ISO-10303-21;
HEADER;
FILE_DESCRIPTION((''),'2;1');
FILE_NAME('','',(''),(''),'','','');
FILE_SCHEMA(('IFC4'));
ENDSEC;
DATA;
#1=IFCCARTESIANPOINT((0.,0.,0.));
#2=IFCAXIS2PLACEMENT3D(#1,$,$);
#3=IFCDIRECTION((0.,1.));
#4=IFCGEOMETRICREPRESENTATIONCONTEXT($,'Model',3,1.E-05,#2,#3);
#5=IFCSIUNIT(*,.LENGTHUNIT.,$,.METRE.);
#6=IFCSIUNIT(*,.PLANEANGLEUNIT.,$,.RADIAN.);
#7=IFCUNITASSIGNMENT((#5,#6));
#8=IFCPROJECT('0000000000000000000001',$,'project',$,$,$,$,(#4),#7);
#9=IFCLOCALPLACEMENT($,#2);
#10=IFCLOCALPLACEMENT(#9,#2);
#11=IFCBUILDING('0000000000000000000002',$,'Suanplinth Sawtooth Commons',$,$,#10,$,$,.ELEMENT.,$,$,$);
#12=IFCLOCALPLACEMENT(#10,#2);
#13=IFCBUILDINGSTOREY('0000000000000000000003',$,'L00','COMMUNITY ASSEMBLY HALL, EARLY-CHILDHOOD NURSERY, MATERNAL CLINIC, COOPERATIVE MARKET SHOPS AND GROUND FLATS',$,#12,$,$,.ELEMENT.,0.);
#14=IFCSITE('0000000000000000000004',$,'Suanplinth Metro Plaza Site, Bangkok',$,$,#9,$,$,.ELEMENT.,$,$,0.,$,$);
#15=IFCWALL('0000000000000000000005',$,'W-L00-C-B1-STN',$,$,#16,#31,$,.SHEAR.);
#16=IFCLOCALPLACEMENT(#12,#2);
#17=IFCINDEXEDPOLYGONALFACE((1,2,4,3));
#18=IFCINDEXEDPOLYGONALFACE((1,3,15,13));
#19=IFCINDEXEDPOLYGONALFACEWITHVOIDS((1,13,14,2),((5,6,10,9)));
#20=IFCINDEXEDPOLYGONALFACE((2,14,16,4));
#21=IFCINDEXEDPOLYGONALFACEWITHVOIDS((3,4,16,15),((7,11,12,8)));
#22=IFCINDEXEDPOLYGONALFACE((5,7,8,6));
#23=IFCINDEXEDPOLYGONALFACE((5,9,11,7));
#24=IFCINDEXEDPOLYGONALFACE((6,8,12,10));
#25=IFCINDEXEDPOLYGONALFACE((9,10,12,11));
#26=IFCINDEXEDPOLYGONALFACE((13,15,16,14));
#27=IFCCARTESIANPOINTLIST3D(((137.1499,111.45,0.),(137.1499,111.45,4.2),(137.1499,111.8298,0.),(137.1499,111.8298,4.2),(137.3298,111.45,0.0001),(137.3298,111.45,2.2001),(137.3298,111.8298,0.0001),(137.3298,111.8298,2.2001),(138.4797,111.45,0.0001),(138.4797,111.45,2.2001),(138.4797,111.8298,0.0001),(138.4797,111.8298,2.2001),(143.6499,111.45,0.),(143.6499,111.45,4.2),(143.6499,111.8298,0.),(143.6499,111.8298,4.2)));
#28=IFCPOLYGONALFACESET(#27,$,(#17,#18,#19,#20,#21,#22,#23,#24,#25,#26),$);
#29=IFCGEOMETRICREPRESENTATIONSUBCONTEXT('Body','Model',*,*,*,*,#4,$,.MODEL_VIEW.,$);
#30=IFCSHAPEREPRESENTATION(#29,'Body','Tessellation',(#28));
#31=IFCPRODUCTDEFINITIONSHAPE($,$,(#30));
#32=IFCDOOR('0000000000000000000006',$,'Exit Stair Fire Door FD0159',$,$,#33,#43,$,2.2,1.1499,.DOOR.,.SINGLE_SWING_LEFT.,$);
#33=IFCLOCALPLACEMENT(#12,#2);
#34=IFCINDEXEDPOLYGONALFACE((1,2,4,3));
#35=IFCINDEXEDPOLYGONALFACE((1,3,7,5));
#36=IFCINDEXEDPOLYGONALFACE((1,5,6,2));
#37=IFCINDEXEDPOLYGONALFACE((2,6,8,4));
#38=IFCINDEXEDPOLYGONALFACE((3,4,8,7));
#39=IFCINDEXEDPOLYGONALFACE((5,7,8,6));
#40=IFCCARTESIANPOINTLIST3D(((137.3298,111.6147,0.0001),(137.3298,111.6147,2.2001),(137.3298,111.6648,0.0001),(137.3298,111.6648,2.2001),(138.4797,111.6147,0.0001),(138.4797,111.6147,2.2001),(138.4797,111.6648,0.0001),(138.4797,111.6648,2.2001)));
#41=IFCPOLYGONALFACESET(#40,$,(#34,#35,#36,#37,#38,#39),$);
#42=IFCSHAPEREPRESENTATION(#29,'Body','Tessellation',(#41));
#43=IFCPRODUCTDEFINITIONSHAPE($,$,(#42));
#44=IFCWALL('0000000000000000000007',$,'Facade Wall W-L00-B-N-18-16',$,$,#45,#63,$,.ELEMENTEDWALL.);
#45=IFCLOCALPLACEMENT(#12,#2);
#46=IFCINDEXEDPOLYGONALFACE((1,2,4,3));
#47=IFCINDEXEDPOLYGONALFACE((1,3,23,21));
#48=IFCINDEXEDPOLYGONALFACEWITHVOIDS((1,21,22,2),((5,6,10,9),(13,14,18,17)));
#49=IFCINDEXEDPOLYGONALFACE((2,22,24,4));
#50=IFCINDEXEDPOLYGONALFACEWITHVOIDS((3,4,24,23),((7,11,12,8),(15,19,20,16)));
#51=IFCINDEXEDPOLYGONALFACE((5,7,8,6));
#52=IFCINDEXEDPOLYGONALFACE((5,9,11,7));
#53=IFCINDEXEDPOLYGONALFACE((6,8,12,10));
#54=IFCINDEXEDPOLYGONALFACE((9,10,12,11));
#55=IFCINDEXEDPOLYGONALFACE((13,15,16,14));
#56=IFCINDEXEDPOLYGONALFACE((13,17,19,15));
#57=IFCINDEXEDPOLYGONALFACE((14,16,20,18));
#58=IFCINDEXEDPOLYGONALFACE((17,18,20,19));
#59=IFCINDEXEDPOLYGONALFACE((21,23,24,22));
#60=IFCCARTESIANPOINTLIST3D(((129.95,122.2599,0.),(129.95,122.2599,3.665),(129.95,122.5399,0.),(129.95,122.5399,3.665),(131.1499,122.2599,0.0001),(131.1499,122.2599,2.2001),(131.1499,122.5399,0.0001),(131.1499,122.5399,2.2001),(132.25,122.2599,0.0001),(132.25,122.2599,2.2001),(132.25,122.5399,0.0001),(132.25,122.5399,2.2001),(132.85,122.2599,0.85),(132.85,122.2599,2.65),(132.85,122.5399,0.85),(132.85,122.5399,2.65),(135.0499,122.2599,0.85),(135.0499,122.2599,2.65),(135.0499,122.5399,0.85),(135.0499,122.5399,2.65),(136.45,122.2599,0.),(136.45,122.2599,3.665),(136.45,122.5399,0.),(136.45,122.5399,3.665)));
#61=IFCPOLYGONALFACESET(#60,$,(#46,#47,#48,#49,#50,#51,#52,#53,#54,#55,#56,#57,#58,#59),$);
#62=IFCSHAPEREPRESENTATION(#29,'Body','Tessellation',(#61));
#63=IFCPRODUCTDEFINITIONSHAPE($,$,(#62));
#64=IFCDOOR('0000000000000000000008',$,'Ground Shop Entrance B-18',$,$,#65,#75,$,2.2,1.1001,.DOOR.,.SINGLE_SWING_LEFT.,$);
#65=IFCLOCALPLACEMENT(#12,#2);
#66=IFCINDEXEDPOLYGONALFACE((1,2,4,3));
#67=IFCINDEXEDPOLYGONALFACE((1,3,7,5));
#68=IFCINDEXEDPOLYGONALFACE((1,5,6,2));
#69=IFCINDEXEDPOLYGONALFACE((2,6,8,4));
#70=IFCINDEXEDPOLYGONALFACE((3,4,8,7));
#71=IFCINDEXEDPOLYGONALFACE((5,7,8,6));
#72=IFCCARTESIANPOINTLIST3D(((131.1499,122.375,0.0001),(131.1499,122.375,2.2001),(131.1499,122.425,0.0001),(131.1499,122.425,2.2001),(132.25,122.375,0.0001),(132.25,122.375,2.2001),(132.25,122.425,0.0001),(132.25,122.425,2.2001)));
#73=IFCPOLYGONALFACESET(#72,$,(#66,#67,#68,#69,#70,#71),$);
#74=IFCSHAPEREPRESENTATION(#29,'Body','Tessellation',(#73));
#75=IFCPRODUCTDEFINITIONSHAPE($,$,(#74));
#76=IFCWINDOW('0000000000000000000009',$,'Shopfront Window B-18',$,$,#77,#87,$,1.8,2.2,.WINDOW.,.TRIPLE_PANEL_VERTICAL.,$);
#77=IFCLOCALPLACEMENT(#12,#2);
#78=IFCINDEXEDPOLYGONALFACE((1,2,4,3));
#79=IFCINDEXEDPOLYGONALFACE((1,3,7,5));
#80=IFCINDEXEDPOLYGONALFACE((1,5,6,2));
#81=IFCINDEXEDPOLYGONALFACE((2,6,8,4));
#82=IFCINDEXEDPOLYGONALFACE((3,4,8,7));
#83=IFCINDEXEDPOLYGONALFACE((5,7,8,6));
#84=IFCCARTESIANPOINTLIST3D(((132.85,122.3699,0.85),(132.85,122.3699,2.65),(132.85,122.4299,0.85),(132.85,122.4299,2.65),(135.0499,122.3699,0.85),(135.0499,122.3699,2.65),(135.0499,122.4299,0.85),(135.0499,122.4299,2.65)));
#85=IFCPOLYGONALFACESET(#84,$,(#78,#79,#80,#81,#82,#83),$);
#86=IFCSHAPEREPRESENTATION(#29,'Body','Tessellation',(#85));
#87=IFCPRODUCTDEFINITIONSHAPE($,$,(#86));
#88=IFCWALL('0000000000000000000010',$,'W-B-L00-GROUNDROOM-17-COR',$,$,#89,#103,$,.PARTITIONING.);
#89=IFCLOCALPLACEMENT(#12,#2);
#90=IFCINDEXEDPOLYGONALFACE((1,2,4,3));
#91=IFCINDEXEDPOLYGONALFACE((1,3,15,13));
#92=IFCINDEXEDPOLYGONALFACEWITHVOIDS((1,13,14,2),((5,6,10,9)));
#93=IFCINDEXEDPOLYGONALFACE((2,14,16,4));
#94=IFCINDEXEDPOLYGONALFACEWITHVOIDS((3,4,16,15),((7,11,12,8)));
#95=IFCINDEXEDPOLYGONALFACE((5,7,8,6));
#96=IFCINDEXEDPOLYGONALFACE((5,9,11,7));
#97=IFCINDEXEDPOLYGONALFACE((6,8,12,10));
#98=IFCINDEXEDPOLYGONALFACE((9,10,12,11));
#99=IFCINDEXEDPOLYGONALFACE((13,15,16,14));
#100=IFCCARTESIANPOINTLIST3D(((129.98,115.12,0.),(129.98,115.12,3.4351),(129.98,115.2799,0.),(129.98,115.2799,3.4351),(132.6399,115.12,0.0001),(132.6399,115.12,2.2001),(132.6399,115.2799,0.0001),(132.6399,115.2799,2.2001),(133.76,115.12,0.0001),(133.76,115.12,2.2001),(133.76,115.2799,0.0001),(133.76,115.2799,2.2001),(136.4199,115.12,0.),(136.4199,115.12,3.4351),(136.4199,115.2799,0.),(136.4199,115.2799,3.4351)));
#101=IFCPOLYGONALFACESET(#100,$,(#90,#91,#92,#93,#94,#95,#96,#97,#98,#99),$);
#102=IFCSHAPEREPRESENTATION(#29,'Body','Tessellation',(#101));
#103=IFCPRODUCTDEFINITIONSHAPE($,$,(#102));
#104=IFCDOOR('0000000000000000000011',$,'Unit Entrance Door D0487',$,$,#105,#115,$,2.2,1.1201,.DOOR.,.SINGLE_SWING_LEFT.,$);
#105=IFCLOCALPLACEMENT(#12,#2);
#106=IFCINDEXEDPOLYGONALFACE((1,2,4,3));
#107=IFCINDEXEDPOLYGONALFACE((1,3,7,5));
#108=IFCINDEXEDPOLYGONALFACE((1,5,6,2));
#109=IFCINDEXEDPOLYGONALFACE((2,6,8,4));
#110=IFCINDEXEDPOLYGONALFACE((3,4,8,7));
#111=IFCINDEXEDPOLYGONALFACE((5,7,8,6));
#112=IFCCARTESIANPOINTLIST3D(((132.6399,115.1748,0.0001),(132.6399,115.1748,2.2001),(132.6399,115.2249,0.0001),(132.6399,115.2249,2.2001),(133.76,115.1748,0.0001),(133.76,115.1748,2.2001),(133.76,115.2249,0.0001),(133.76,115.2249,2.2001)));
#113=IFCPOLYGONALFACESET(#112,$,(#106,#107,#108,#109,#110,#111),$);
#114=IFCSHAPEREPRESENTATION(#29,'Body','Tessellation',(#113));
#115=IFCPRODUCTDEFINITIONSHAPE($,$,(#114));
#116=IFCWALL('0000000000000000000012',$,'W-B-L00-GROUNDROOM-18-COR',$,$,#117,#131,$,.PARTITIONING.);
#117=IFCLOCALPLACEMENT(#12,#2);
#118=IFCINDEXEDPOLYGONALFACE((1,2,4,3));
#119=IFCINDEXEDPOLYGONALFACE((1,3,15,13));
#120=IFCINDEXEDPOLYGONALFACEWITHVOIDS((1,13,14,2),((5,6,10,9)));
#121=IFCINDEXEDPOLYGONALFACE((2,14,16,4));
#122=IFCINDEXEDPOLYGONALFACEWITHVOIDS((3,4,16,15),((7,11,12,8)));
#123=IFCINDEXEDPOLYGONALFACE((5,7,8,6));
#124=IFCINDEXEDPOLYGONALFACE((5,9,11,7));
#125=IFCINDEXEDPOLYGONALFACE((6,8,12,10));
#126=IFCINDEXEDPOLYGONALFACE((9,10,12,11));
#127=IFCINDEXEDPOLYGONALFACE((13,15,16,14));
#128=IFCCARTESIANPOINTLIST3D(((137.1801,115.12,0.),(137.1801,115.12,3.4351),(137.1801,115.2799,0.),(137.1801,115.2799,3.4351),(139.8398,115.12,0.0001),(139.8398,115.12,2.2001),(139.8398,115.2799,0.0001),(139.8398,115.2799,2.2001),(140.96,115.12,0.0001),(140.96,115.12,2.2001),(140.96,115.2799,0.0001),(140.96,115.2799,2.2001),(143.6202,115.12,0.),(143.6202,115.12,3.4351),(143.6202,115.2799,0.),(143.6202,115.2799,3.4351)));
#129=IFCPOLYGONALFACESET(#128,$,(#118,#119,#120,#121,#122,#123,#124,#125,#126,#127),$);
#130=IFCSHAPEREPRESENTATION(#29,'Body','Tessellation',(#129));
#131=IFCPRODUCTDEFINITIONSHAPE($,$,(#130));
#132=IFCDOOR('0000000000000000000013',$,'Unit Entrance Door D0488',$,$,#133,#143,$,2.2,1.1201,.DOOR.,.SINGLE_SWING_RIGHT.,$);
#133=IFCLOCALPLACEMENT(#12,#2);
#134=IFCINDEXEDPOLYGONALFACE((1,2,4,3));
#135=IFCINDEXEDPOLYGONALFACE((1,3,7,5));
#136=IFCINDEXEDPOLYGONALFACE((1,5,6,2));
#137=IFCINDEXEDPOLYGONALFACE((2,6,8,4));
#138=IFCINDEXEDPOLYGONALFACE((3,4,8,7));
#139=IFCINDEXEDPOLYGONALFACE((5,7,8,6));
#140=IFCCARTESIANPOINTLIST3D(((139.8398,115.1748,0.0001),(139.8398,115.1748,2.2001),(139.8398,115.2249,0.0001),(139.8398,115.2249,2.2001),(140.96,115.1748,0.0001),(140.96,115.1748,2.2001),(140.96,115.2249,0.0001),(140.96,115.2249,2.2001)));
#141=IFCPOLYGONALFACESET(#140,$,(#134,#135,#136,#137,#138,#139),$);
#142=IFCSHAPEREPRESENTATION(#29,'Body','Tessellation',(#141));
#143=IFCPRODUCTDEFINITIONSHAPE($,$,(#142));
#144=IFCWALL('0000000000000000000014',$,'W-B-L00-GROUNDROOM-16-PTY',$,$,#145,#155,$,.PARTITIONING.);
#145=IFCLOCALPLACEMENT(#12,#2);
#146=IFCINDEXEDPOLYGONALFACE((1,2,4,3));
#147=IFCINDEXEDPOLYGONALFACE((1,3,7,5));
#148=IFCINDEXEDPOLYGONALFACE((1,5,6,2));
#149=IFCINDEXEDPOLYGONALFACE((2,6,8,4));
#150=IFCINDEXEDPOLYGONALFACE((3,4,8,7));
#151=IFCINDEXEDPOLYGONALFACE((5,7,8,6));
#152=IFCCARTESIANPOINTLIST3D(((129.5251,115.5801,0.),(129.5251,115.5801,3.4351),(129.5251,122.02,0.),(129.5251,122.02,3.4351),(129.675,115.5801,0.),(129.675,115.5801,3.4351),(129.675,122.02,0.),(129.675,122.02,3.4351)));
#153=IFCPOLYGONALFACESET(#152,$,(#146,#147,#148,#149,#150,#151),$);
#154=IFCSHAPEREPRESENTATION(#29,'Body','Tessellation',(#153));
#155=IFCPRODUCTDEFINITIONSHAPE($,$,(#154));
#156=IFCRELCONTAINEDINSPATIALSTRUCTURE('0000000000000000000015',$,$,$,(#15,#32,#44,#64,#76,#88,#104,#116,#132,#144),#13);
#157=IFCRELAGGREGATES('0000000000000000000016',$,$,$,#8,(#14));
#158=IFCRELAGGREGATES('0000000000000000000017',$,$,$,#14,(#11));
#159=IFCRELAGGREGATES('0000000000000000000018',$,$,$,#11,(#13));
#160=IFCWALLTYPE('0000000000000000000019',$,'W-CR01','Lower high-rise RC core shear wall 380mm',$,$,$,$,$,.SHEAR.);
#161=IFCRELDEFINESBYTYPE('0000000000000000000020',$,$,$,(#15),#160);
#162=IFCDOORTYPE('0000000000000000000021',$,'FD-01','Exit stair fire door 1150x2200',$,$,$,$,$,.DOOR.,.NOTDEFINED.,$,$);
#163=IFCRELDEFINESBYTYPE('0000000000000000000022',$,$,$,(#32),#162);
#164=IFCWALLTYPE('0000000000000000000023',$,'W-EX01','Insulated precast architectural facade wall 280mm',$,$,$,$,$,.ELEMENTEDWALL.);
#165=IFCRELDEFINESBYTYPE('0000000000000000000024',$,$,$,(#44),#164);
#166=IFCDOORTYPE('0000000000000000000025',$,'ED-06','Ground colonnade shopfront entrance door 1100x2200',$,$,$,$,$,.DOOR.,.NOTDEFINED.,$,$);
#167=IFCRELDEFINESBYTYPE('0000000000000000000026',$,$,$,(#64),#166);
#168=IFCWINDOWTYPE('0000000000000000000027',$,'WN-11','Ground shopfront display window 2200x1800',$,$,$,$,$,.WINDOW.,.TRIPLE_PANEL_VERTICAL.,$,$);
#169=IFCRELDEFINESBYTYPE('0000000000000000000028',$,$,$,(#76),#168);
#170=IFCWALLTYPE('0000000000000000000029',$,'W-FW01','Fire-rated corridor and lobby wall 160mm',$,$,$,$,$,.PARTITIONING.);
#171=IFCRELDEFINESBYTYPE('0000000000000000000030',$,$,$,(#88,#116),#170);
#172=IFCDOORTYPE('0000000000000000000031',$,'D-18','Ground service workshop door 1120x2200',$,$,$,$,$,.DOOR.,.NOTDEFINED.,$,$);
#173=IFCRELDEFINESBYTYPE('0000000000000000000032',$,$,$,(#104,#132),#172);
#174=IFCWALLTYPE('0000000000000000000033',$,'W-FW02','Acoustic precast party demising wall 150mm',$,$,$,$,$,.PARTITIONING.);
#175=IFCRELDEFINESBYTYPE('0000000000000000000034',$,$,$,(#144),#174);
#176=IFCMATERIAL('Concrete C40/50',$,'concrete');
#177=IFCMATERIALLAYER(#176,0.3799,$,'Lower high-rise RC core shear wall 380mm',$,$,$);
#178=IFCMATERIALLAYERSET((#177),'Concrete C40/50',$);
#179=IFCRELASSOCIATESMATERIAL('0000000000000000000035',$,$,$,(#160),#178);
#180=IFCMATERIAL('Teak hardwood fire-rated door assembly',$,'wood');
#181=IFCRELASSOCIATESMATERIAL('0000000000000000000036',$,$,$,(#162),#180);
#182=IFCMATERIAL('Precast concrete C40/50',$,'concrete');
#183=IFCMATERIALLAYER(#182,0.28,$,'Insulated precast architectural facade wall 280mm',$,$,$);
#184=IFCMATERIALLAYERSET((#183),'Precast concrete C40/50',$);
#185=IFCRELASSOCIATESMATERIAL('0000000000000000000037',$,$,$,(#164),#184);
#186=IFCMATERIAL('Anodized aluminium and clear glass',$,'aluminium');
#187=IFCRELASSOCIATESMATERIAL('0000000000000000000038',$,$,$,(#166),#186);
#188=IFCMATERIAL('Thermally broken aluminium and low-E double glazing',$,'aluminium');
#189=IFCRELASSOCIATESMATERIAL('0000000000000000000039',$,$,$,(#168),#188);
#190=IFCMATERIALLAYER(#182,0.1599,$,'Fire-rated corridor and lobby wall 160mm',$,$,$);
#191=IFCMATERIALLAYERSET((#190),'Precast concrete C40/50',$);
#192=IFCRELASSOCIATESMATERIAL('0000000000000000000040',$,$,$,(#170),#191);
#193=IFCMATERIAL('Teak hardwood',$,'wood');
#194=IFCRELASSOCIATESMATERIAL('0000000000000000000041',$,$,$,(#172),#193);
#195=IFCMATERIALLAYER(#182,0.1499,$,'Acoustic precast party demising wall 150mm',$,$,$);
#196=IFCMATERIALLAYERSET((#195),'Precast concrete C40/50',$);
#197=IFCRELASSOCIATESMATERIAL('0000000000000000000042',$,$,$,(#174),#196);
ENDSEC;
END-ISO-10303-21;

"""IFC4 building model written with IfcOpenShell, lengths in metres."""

from ifc_helpers import new_model, si_unit, direction, frame, frame_2d, origin, place, context, subcontext, project, spatial, rectangle, extrude, material, layer, layer_set, type_object, element, fill, save


model = new_model("IFC4")

# Units and contexts
model_context = context("Model", 3, precision=1e-05, world=origin(), true_north=direction((0.0, 1.0)))
body_context = subcontext(model_context, "Body", "Model", "MODEL_VIEW")
ifc_project = project(units=[si_unit("LENGTHUNIT", "METRE"), si_unit("PLANEANGLEUNIT", "RADIAN")], contexts=[model_context])

# Site, building, storey
site_placement = place(None, origin())
site = spatial("IfcSite", under=ifc_project, at=site_placement, Name="Suanplinth Metro Plaza Site, Bangkok", CompositionType="ELEMENT", RefElevation=0.0)
building_placement = place(site_placement, origin())
building = spatial("IfcBuilding", under=site, at=building_placement, Name="Suanplinth Sawtooth Commons", CompositionType="ELEMENT")
storey_placement = place(building_placement, origin())
storey = spatial("IfcBuildingStorey", under=building, at=storey_placement, Name="L00", Description="COMMUNITY ASSEMBLY HALL, EARLY-CHILDHOOD NURSERY, MATERNAL CLINIC, COOPERATIVE MARKET SHOPS AND GROUND FLATS", CompositionType="ELEMENT", Elevation=0.0)

# Shared definitions
ifc_material_1 = material(Name="Concrete C40/50", Category="concrete")

# Shared definitions
ifc_material_2 = material(Name="Precast concrete C40/50", Category="concrete")

# Wall, opening, door
ifc_layer_1 = layer(ifc_material_1, 0.3799, Name="Lower high-rise RC core shear wall 380mm")
ifc_layer_set_1 = layer_set([ifc_layer_1], Name="Concrete C40/50")
wall_type_1 = type_object("IfcWallType", Name="W-CR01", Description="Lower high-rise RC core shear wall 380mm", PredefinedType="SHEAR", material=ifc_layer_set_1)
wall_1_placement = place(storey_placement, frame((137.1499, 111.6399, 0.0), z_axis=(0.0, 0.0, 1.0), x_axis=(1.0, 0.0, 0.0)))
wall_1 = element("IfcWall", 1, at=wall_1_placement, inside=storey, type_object=wall_type_1, Name="W-L00-C-B1-STN", PredefinedType="SHEAR", context=body_context, shape_type="SweptSolid", body=[
    extrude(rectangle(XDim=6.5, YDim=0.3799, at=frame_2d((3.25, 0.0))), origin(), (0.0, 0.0, 1.0), 4.2),
])
opening_1_placement = place(wall_1_placement, frame((0.1799, 0.0, 0.0)))
opening_1 = element("IfcOpeningElement", 2, at=opening_1_placement, cuts=wall_1, PredefinedType="OPENING", context=body_context, shape_type="SweptSolid", body=[
    extrude(rectangle(XDim=1.1499, YDim=2.2, at=frame_2d((0.575, 1.1001))), frame((0.0, 0.2048, 0.0), z_axis=(0.0, -1.0, 0.0), x_axis=(1.0, 0.0, 0.0)), (0.0, 0.0, 1.0), 0.4097),
])
ifc_material_3 = material(Name="Teak hardwood fire-rated door assembly", Category="wood")
door_type_1 = type_object("IfcDoorType", Name="FD-01", Description="Exit stair fire door 1150x2200", OperationType="NOTDEFINED", PredefinedType="DOOR", material=ifc_material_3)
door_1_placement = place(opening_1_placement, origin())
door_1 = element("IfcDoor", 3, at=door_1_placement, inside=storey, type_object=door_type_1, Name="Exit Stair Fire Door FD0159", OperationType="SINGLE_SWING_LEFT", OverallHeight=2.2, OverallWidth=1.1499, PredefinedType="DOOR", context=body_context, shape_type="SweptSolid", body=[
    extrude(rectangle(XDim=1.1499, YDim=2.2, at=frame_2d((0.575, 1.1001))), frame((0.0, 0.0249, 0.0), z_axis=(0.0, -1.0, 0.0), x_axis=(1.0, 0.0, 0.0)), (0.0, 0.0, 1.0), 0.05),
])
fill(opening_1, door_1)

# Wall, openings, door, window
ifc_layer_2 = layer(ifc_material_2, 0.28, Name="Insulated precast architectural facade wall 280mm")
ifc_layer_set_2 = layer_set([ifc_layer_2], Name="Precast concrete C40/50")
wall_type_2 = type_object("IfcWallType", Name="W-EX01", Description="Insulated precast architectural facade wall 280mm", PredefinedType="ELEMENTEDWALL", material=ifc_layer_set_2)
wall_2_placement = place(storey_placement, frame((129.95, 122.3999, 0.0), z_axis=(0.0, 0.0, 1.0), x_axis=(1.0, 0.0, 0.0)))
wall_2 = element("IfcWall", 4, at=wall_2_placement, inside=storey, type_object=wall_type_2, Name="Facade Wall W-L00-B-N-18-16", PredefinedType="ELEMENTEDWALL", context=body_context, shape_type="SweptSolid", body=[
    extrude(rectangle(XDim=6.5, YDim=0.28, at=frame_2d((3.25, 0.0))), origin(), (0.0, 0.0, 1.0), 3.665),
])
opening_2_placement = place(wall_2_placement, frame((1.2, 0.0, 0.0)))
opening_2 = element("IfcOpeningElement", 5, at=opening_2_placement, cuts=wall_2, PredefinedType="OPENING", context=body_context, shape_type="SweptSolid", body=[
    extrude(rectangle(XDim=1.1001, YDim=2.2, at=frame_2d((0.55, 1.1001))), frame((0.0, 0.1548, 0.0), z_axis=(0.0, -1.0, 0.0), x_axis=(1.0, 0.0, 0.0)), (0.0, 0.0, 1.0), 0.3098),
])
opening_3_placement = place(wall_2_placement, frame((2.8999, 0.0, 0.8501)))
opening_3 = element("IfcOpeningElement", 6, at=opening_3_placement, cuts=wall_2, PredefinedType="OPENING", context=body_context, shape_type="SweptSolid", body=[
    extrude(rectangle(XDim=2.2, YDim=1.8, at=frame_2d((1.1001, 0.8999))), frame((0.0, 0.1548, 0.0), z_axis=(0.0, -1.0, 0.0), x_axis=(1.0, 0.0, 0.0)), (0.0, 0.0, 1.0), 0.3098),
])
ifc_material_4 = material(Name="Anodized aluminium and clear glass", Category="aluminium")
door_type_2 = type_object("IfcDoorType", Name="ED-06", Description="Ground colonnade shopfront entrance door 1100x2200", OperationType="NOTDEFINED", PredefinedType="DOOR", material=ifc_material_4)
door_2_placement = place(opening_2_placement, frame((1.1001, 0.0, 0.0), z_axis=(0.0, 0.0, 1.0), x_axis=(-1.0, 0.0, 0.0)))
door_2 = element("IfcDoor", 7, at=door_2_placement, inside=storey, type_object=door_type_2, Name="Ground Shop Entrance B-18", OperationType="SINGLE_SWING_LEFT", OverallHeight=2.2, OverallWidth=1.1001, PredefinedType="DOOR", context=body_context, shape_type="SweptSolid", body=[
    extrude(rectangle(XDim=1.1001, YDim=2.2, at=frame_2d((0.55, 1.1001))), frame((0.0, 0.0249, 0.0), z_axis=(0.0, -1.0, 0.0), x_axis=(1.0, 0.0, 0.0)), (0.0, 0.0, 1.0), 0.05),
])
fill(opening_2, door_2)
ifc_material_5 = material(Name="Thermally broken aluminium and low-E double glazing", Category="aluminium")
window_type = type_object("IfcWindowType", Name="WN-11", Description="Ground shopfront display window 2200x1800", PartitioningType="TRIPLE_PANEL_VERTICAL", PredefinedType="WINDOW", material=ifc_material_5)
window_placement = place(opening_3_placement, origin())
window = element("IfcWindow", 8, at=window_placement, inside=storey, type_object=window_type, Name="Shopfront Window B-18", OverallHeight=1.8, OverallWidth=2.2, PartitioningType="TRIPLE_PANEL_VERTICAL", PredefinedType="WINDOW", context=body_context, shape_type="SweptSolid", body=[
    extrude(rectangle(XDim=2.2, YDim=1.8, at=frame_2d((1.1001, 0.8999))), frame((0.0, 0.03, 0.0), z_axis=(0.0, -1.0, 0.0), x_axis=(1.0, 0.0, 0.0)), (0.0, 0.0, 1.0), 0.0601),
])
fill(opening_3, window)

# Walls, openings, doors
ifc_layer_3 = layer(ifc_material_2, 0.1599, Name="Fire-rated corridor and lobby wall 160mm")
ifc_layer_set_3 = layer_set([ifc_layer_3], Name="Precast concrete C40/50")
wall_type_3 = type_object("IfcWallType", Name="W-FW01", Description="Fire-rated corridor and lobby wall 160mm", PredefinedType="PARTITIONING", material=ifc_layer_set_3)
wall_3_placement = place(storey_placement, frame((129.98, 115.2, 0.0), z_axis=(0.0, 0.0, 1.0), x_axis=(1.0, 0.0, 0.0)))
wall_3 = element("IfcWall", 9, at=wall_3_placement, inside=storey, type_object=wall_type_3, Name="W-B-L00-GROUNDROOM-17-COR", PredefinedType="PARTITIONING", context=body_context, shape_type="SweptSolid", body=[
    extrude(rectangle(XDim=6.4399, YDim=0.1599, at=frame_2d((3.22, 0.0))), origin(), (0.0, 0.0, 1.0), 3.4351),
])
opening_4_placement = place(wall_3_placement, frame((2.6599, 0.0, 0.0)))
opening_4 = element("IfcOpeningElement", 10, at=opening_4_placement, cuts=wall_3, PredefinedType="OPENING", context=body_context, shape_type="SweptSolid", body=[
    extrude(rectangle(XDim=1.1201, YDim=2.2, at=frame_2d((0.5601, 1.1001))), frame((0.0, 0.0947, 0.0), z_axis=(0.0, -1.0, 0.0), x_axis=(1.0, 0.0, 0.0)), (0.0, 0.0, 1.0), 0.1897),
])
ifc_material_6 = material(Name="Teak hardwood", Category="wood")
door_type_3 = type_object("IfcDoorType", Name="D-18", Description="Ground service workshop door 1120x2200", OperationType="NOTDEFINED", PredefinedType="DOOR", material=ifc_material_6)
door_3_placement = place(opening_4_placement, origin())
door_3 = element("IfcDoor", 11, at=door_3_placement, inside=storey, type_object=door_type_3, Name="Unit Entrance Door D0487", OperationType="SINGLE_SWING_LEFT", OverallHeight=2.2, OverallWidth=1.1201, PredefinedType="DOOR", context=body_context, shape_type="SweptSolid", body=[
    extrude(rectangle(XDim=1.1201, YDim=2.2, at=frame_2d((0.5601, 1.1001))), frame((0.0, 0.0249, 0.0), z_axis=(0.0, -1.0, 0.0), x_axis=(1.0, 0.0, 0.0)), (0.0, 0.0, 1.0), 0.05),
])
fill(opening_4, door_3)
wall_4_placement = place(storey_placement, frame((137.1799, 115.2, 0.0), z_axis=(0.0, 0.0, 1.0), x_axis=(1.0, 0.0, 0.0)))
wall_4 = element("IfcWall", 12, at=wall_4_placement, inside=storey, type_object=wall_type_3, Name="W-B-L00-GROUNDROOM-18-COR", PredefinedType="PARTITIONING", context=body_context, shape_type="SweptSolid", body=[
    extrude(rectangle(XDim=6.4402, YDim=0.1599, at=frame_2d((3.2202, 0.0))), origin(), (0.0, 0.0, 1.0), 3.4351),
])
opening_5_placement = place(wall_4_placement, frame((2.6599, 0.0, 0.0)))
opening_5 = element("IfcOpeningElement", 13, at=opening_5_placement, cuts=wall_4, PredefinedType="OPENING", context=body_context, shape_type="SweptSolid", body=[
    extrude(rectangle(XDim=1.1201, YDim=2.2, at=frame_2d((0.5601, 1.1001))), frame((0.0, 0.0947, 0.0), z_axis=(0.0, -1.0, 0.0), x_axis=(1.0, 0.0, 0.0)), (0.0, 0.0, 1.0), 0.1897),
])
door_4_placement = place(opening_5_placement, origin())
door_4 = element("IfcDoor", 14, at=door_4_placement, inside=storey, type_object=door_type_3, Name="Unit Entrance Door D0488", OperationType="SINGLE_SWING_RIGHT", OverallHeight=2.2, OverallWidth=1.1201, PredefinedType="DOOR", context=body_context, shape_type="SweptSolid", body=[
    extrude(rectangle(XDim=1.1201, YDim=2.2, at=frame_2d((0.5601, 1.1001))), frame((0.0, 0.0249, 0.0), z_axis=(0.0, -1.0, 0.0), x_axis=(1.0, 0.0, 0.0)), (0.0, 0.0, 1.0), 0.05),
])
fill(opening_5, door_4)

# Wall
ifc_layer_4 = layer(ifc_material_2, 0.1499, Name="Acoustic precast party demising wall 150mm")
ifc_layer_set_4 = layer_set([ifc_layer_4], Name="Precast concrete C40/50")
wall_type_4 = type_object("IfcWallType", Name="W-FW02", Description="Acoustic precast party demising wall 150mm", PredefinedType="PARTITIONING", material=ifc_layer_set_4)
for number, where, z_axis, x_axis, name in (
    (15, (129.6001, 115.5801, 0.0), (0.0, 0.0, 1.0), (0.0, 1.0, 0.0), "W-B-L00-GROUNDROOM-16-PTY"),
):
    element("IfcWall", number, at=place(storey_placement, frame(where, z_axis=z_axis, x_axis=x_axis)), inside=storey, type_object=wall_type_4, Name=name, PredefinedType="PARTITIONING", context=body_context, shape_type="SweptSolid", body=[
        extrude(rectangle(XDim=6.4399, YDim=0.1499, at=frame_2d((3.22, 0.0))), origin(), (0.0, 0.0, 1.0), 3.4351),
    ])

save(model, "model.ifc")
